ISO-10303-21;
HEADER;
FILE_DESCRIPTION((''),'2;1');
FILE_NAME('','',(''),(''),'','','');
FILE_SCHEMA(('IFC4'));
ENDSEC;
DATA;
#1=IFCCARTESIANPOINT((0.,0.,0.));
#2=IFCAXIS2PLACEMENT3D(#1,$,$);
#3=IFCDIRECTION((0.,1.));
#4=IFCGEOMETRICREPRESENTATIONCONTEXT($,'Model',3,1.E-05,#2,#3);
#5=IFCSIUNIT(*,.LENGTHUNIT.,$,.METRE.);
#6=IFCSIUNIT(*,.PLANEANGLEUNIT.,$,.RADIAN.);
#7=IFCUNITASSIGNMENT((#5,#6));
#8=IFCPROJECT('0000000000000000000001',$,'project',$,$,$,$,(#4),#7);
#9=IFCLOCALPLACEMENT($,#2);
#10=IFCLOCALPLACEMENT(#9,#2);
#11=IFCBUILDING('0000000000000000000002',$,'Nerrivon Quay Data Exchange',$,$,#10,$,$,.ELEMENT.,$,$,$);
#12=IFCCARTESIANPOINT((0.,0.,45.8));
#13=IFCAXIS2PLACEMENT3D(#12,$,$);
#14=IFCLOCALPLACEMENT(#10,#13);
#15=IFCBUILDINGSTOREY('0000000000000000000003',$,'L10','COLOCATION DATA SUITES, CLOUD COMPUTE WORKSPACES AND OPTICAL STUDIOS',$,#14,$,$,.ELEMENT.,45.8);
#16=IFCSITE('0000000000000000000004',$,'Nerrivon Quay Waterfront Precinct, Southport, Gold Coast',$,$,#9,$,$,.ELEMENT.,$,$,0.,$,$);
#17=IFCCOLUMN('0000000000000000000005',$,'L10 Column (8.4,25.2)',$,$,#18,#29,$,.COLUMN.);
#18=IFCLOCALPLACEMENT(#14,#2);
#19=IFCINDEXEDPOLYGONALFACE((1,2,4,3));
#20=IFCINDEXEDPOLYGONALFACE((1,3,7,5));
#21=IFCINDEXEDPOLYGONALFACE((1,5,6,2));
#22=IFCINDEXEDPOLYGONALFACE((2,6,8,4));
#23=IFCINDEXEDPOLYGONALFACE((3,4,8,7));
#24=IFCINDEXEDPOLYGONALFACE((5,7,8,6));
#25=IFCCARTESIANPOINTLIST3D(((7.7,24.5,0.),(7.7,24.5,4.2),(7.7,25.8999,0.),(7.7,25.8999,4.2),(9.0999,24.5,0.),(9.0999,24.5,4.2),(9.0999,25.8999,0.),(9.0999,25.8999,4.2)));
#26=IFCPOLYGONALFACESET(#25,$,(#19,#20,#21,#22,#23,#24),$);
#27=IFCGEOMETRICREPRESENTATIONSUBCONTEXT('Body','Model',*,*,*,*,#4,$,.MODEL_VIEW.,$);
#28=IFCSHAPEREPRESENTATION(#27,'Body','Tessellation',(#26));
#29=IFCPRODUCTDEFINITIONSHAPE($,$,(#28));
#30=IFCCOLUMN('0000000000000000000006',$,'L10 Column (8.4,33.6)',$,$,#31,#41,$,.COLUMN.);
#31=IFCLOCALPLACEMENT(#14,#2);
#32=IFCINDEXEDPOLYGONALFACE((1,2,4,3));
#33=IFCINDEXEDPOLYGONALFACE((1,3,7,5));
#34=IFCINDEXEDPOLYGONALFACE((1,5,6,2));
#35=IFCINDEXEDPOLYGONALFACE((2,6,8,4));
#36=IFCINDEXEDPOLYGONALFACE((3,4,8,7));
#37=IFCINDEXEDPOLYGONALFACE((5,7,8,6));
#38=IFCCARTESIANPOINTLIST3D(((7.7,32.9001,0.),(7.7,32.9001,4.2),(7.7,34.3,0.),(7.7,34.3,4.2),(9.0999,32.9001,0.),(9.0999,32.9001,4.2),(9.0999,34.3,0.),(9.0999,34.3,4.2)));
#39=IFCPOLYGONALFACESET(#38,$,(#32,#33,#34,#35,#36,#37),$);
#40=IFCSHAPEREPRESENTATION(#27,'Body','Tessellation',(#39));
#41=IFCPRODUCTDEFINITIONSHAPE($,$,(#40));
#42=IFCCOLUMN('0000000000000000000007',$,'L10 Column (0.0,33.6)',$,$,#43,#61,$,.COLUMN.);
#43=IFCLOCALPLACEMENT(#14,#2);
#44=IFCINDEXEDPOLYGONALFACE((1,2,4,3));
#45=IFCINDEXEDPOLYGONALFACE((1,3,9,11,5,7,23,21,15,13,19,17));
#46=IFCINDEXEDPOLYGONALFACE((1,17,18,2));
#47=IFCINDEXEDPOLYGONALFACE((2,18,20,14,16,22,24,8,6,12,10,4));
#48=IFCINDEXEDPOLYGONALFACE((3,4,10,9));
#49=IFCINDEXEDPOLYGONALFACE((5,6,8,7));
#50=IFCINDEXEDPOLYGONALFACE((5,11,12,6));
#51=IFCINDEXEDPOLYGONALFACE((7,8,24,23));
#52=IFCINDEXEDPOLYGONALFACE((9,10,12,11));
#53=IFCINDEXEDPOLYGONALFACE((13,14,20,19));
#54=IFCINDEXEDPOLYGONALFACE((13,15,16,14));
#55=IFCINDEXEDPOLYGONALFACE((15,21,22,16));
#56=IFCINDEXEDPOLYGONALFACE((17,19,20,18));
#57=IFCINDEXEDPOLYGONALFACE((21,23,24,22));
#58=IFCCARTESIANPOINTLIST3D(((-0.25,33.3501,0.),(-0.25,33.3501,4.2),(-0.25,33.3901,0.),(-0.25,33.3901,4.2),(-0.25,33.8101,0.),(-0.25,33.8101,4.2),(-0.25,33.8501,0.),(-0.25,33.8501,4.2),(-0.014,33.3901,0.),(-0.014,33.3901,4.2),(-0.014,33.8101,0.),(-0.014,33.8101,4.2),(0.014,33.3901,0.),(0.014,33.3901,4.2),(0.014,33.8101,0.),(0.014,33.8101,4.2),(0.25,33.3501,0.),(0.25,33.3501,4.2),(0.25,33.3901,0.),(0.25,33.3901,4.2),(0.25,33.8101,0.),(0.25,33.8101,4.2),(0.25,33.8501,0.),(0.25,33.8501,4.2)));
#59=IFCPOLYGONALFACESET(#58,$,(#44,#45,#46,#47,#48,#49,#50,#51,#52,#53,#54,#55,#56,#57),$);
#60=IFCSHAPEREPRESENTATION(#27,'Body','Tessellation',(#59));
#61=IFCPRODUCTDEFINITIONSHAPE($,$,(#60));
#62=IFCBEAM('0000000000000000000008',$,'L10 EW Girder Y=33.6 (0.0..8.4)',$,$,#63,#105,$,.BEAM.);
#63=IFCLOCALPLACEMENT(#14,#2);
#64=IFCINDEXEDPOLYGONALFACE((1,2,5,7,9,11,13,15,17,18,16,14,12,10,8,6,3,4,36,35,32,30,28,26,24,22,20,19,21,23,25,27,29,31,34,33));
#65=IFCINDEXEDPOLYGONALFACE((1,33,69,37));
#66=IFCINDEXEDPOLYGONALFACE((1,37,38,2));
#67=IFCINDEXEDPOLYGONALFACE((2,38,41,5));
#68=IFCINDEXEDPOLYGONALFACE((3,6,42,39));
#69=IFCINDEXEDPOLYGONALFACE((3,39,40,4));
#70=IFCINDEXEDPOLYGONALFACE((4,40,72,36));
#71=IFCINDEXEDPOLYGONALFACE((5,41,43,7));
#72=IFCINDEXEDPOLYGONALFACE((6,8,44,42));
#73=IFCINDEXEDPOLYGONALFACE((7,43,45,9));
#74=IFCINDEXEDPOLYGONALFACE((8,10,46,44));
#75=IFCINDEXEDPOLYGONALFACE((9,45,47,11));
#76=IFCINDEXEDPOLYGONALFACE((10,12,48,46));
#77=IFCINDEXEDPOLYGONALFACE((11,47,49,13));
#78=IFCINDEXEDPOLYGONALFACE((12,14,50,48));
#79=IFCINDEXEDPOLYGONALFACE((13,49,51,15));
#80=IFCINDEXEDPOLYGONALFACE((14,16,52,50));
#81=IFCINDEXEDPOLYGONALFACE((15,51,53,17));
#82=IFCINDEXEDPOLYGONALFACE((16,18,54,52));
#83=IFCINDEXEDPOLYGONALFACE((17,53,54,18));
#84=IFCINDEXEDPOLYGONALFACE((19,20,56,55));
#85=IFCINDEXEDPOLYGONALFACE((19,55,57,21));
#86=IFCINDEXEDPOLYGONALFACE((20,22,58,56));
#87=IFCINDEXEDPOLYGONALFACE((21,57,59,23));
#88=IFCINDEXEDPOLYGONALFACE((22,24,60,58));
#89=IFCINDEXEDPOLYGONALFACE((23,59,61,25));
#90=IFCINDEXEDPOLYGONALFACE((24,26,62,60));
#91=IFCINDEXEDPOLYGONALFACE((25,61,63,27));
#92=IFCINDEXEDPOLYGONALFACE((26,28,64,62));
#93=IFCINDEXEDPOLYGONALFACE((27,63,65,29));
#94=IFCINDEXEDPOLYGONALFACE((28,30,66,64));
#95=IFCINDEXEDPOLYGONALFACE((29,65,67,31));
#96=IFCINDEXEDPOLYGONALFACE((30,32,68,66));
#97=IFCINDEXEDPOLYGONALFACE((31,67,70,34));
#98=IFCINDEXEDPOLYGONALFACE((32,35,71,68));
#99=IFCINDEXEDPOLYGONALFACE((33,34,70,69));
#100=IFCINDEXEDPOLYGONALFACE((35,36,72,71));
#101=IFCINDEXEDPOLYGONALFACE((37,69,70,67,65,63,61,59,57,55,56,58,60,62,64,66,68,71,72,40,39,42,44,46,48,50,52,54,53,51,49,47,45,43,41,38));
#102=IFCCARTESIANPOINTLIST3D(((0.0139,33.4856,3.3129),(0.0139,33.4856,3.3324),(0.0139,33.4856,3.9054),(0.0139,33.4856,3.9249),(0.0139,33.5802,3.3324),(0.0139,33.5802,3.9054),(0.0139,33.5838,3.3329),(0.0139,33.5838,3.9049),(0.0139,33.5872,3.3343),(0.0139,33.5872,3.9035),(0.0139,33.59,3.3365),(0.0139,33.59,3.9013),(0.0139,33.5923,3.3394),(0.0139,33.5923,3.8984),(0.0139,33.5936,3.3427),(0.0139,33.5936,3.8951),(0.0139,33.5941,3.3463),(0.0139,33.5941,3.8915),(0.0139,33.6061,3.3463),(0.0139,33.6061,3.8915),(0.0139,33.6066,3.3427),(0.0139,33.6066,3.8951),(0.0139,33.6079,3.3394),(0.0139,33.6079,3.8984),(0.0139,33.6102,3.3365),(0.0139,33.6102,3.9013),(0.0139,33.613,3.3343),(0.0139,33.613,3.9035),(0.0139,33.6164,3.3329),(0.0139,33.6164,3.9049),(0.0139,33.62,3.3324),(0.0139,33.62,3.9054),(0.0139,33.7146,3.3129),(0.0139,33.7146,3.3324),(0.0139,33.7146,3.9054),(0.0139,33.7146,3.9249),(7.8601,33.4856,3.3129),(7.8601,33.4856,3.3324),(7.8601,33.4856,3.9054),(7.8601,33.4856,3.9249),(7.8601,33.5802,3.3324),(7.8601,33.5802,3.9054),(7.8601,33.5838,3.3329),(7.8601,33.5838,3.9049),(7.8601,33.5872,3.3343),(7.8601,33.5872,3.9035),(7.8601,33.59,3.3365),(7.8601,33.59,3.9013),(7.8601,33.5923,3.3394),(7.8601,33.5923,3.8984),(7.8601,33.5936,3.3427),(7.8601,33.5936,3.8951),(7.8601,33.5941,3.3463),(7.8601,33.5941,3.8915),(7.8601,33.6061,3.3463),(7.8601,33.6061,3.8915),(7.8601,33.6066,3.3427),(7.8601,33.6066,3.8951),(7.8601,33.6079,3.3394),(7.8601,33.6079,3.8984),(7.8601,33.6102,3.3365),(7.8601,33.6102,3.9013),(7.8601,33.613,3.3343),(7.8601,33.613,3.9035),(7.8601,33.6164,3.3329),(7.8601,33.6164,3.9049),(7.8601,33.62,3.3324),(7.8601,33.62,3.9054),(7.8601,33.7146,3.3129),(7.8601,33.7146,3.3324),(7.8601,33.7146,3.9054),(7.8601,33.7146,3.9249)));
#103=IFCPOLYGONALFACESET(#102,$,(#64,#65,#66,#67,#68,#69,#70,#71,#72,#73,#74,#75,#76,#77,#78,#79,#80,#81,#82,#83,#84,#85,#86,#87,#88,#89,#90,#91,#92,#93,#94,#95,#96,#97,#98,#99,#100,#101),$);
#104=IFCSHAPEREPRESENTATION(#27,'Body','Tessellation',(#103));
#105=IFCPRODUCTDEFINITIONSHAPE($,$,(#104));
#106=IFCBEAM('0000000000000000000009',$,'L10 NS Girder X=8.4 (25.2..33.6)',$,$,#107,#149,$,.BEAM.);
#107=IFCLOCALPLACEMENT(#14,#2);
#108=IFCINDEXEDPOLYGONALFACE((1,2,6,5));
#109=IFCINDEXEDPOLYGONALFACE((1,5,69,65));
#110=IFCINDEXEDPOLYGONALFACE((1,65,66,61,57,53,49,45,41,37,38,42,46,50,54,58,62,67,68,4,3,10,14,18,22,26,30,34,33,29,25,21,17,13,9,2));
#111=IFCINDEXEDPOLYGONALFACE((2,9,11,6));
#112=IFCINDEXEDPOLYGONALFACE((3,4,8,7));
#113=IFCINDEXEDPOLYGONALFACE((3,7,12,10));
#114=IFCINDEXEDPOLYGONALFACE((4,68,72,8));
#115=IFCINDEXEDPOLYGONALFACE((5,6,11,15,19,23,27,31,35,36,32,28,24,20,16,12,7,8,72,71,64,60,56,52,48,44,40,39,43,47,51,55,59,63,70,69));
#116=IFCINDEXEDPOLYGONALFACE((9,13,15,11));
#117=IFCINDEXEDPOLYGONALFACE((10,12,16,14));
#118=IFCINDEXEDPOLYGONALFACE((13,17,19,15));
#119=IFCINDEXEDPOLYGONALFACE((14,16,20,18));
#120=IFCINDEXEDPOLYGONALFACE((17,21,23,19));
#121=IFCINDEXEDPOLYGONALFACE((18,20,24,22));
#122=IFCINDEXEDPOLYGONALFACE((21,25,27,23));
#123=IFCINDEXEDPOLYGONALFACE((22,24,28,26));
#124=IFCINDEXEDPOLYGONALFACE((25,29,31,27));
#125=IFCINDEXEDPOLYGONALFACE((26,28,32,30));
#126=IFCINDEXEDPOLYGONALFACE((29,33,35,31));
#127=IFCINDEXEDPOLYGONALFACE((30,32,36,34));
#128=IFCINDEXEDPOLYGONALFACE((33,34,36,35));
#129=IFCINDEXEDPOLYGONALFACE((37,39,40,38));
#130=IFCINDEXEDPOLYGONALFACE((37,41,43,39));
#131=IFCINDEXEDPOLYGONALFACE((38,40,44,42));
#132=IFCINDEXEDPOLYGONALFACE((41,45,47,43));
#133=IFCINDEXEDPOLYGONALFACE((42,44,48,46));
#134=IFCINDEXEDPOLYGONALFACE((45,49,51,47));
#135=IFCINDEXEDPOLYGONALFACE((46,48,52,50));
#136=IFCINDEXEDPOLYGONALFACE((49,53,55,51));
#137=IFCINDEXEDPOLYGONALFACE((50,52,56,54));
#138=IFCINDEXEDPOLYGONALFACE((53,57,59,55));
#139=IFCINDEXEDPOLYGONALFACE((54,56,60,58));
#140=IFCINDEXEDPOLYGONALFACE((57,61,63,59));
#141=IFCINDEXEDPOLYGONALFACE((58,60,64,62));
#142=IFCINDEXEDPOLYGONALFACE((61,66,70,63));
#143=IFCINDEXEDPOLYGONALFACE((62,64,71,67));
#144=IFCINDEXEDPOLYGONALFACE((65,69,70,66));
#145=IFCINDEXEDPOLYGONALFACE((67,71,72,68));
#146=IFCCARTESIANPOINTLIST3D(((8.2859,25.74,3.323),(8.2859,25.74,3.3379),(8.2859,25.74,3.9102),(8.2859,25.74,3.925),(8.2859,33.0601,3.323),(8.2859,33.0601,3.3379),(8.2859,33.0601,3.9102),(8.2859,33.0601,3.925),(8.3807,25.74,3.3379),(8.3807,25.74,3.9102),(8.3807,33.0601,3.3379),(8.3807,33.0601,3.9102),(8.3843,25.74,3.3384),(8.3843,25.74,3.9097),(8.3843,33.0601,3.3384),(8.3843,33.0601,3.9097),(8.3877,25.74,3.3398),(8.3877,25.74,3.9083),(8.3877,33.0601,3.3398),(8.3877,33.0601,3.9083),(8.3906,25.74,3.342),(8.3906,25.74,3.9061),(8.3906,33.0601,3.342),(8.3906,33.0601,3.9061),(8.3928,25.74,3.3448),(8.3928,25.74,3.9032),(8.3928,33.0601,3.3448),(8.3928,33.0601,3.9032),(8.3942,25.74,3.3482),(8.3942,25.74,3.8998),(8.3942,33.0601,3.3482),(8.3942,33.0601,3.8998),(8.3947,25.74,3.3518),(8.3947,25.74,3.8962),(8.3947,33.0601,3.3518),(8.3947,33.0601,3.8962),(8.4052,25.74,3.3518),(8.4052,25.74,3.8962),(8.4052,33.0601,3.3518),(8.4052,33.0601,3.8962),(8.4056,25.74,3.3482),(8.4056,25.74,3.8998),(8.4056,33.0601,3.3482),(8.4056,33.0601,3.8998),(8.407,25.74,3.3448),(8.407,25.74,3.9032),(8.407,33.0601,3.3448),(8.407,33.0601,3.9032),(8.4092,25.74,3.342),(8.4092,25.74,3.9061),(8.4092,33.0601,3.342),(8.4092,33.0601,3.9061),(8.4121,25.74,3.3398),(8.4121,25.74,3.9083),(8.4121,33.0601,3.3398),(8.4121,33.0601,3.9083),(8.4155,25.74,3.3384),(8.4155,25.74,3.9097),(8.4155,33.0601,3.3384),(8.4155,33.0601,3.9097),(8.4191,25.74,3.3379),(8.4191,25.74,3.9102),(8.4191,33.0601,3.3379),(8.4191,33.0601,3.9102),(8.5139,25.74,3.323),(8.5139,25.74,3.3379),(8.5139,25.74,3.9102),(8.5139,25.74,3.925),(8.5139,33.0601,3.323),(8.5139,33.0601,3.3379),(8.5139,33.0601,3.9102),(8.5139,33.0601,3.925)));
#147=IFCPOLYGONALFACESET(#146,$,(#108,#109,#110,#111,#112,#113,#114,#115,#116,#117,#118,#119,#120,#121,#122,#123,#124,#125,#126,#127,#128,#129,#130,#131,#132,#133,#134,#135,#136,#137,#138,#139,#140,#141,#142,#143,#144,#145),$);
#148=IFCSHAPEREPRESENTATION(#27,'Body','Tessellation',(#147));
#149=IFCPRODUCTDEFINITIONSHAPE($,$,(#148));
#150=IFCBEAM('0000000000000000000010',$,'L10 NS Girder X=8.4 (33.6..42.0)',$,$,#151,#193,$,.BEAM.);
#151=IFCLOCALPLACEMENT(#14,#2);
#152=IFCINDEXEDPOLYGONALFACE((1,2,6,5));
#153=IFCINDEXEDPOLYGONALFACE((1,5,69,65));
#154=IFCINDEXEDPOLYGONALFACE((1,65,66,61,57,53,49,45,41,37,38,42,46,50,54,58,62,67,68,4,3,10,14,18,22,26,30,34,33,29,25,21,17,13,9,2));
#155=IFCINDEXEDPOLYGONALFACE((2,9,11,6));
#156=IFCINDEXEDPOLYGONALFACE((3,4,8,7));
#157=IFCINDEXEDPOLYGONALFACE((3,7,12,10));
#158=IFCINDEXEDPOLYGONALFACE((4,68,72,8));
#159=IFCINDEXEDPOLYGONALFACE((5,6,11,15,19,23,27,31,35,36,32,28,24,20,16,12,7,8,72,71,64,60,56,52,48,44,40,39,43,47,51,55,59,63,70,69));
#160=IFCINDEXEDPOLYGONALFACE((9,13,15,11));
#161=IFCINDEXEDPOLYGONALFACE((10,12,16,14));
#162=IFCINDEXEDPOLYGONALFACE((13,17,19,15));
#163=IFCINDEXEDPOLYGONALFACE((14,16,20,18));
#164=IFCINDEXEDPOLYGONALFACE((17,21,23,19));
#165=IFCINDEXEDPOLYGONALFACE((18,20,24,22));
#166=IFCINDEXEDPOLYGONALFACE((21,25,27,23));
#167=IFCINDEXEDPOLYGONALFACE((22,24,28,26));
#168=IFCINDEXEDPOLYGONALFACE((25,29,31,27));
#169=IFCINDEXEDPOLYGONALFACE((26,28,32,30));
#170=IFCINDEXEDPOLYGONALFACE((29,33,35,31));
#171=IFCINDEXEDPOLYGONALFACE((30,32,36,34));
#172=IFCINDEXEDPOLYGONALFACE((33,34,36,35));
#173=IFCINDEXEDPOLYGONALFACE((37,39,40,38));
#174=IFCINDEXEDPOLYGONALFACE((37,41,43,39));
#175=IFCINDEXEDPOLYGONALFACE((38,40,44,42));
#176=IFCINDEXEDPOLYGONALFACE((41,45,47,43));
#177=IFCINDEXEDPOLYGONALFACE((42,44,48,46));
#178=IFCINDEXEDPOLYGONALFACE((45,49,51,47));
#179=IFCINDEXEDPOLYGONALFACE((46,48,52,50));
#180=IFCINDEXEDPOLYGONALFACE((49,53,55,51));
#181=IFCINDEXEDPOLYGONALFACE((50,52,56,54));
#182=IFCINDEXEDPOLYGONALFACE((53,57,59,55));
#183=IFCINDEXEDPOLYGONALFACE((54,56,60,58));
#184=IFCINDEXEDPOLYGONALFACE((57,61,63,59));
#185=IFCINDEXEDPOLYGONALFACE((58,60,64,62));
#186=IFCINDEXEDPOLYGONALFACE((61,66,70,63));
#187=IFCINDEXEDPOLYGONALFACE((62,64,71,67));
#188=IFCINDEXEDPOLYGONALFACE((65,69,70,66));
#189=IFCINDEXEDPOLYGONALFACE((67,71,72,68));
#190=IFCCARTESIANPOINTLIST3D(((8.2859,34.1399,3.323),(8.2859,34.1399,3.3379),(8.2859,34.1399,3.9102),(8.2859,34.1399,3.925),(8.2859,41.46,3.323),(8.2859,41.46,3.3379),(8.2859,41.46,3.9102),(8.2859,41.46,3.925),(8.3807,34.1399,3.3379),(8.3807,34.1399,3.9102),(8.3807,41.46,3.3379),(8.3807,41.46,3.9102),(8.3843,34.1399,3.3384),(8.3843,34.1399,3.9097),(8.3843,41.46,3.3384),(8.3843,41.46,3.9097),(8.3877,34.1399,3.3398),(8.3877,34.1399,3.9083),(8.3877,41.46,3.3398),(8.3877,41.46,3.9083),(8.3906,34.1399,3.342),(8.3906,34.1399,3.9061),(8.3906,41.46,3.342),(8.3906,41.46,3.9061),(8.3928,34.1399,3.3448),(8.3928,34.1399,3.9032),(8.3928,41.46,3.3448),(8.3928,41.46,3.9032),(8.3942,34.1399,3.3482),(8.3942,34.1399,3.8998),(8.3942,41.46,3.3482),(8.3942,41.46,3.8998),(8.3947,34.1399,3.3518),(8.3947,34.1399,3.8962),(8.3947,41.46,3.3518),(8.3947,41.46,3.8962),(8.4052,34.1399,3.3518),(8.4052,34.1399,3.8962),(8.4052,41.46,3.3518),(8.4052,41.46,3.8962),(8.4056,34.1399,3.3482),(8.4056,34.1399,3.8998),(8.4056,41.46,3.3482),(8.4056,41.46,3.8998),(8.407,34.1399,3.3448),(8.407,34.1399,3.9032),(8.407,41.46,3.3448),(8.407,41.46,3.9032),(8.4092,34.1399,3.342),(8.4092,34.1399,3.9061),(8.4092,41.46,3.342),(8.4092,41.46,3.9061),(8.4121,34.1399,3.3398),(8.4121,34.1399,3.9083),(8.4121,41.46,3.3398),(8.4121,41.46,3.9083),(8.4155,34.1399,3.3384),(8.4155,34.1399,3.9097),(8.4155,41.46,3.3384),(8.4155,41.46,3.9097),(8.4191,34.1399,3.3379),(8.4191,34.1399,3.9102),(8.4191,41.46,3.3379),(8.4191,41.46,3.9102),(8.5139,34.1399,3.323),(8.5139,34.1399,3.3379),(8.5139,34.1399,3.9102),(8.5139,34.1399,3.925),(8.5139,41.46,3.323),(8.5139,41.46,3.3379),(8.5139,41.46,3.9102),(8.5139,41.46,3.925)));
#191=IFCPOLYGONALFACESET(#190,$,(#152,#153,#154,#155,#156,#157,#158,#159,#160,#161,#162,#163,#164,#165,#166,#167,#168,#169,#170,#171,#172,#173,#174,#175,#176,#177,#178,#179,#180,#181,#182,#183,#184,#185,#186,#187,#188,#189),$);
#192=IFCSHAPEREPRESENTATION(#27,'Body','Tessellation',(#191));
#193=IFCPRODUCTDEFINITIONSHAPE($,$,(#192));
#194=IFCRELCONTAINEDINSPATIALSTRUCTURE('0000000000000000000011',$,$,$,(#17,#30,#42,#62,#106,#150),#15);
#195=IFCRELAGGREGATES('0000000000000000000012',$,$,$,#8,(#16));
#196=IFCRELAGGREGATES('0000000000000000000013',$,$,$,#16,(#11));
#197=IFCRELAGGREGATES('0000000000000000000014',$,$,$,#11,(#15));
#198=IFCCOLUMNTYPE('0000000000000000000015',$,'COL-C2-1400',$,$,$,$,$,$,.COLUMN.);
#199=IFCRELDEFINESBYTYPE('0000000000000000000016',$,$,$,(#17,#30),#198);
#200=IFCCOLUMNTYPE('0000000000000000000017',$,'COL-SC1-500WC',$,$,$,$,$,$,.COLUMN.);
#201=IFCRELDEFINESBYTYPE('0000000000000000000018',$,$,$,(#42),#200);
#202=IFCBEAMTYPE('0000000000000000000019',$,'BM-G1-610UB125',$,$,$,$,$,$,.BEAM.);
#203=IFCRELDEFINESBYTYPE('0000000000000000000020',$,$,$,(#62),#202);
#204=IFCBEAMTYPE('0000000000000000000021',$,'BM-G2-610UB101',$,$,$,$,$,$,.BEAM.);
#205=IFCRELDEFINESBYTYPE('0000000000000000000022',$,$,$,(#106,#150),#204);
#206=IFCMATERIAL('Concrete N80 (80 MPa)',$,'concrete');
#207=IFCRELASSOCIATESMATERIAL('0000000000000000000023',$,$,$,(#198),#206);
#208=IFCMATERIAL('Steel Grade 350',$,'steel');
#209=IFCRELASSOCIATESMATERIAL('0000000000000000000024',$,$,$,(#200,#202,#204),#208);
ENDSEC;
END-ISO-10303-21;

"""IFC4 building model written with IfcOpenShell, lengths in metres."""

from ifc_helpers import new_model, si_unit, direction, frame, origin, origin_2d, place, context, subcontext, project, spatial, rectangle, i_section, extrude, material, material_profile, profile_set, type_object, element, save


model = new_model("IFC4")

# Units and contexts
model_context = context("Model", 3, precision=1e-05, world=origin(), true_north=direction((0.0, 1.0)))
body_context = subcontext(model_context, "Body", "Model", "MODEL_VIEW")
ifc_project = project(units=[si_unit("LENGTHUNIT", "METRE"), si_unit("PLANEANGLEUNIT", "RADIAN")], contexts=[model_context])

# Site, building, storey
site_placement = place(None, origin())
site = spatial("IfcSite", under=ifc_project, at=site_placement, Name="Nerrivon Quay Waterfront Precinct, Southport, Gold Coast", CompositionType="ELEMENT", RefElevation=0.0)
building_placement = place(site_placement, origin())
building = spatial("IfcBuilding", under=site, at=building_placement, Name="Nerrivon Quay Data Exchange", CompositionType="ELEMENT")
storey_placement = place(building_placement, frame((0.0, 0.0, 45.8)))
storey = spatial("IfcBuildingStorey", under=building, at=storey_placement, Name="L10", Description="COLOCATION DATA SUITES, CLOUD COMPUTE WORKSPACES AND OPTICAL STUDIOS", CompositionType="ELEMENT", Elevation=45.8)

# Columns
ifc_material_1 = material(Name="Concrete N80 (80 MPa)", Category="concrete")
ifc_material_profile_1 = material_profile(ifc_material_1, rectangle(XDim=1.3999, YDim=1.3999, at=origin_2d()), Name="RC-COL-1400x1400")
ifc_profile_set_1 = profile_set([ifc_material_profile_1], Name="Concrete N80 (80 MPa)")
column_type_1 = type_object("IfcColumnType", Name="COL-C2-1400", PredefinedType="COLUMN", material=ifc_profile_set_1)
for number, where, z_axis, x_axis, name in (
    (1, (8.3999, 25.2, 0.0), (0.0, 0.0, 1.0), (1.0, 0.0, 0.0), "L10 Column (8.4,25.2)"),
    (2, (8.3999, 33.6001, 0.0), (0.0, 0.0, 1.0), (1.0, 0.0, 0.0), "L10 Column (8.4,33.6)"),
):
    element("IfcColumn", number, at=place(storey_placement, frame(where, z_axis=z_axis, x_axis=x_axis)), inside=storey, type_object=column_type_1, Name=name, PredefinedType="COLUMN", context=body_context, shape_type="SweptSolid", body=[
        extrude(rectangle(XDim=1.3999, YDim=1.3999, at=origin_2d()), origin(), (0.0, 0.0, 1.0), 4.2),
    ])
ifc_material_2 = material(Name="Steel Grade 350", Category="steel")
ifc_material_profile_2 = material_profile(ifc_material_2, i_section(OverallWidth=0.5, OverallDepth=0.5, WebThickness=0.0281, FlangeThickness=0.04, at=origin_2d()), Name="500WC440")
ifc_profile_set_2 = profile_set([ifc_material_profile_2], Name="Steel Grade 350")
column_type_2 = type_object("IfcColumnType", Name="COL-SC1-500WC", PredefinedType="COLUMN", material=ifc_profile_set_2)
column_placement = place(storey_placement, frame((0.0, 33.6001, 0.0), z_axis=(0.0, 0.0, 1.0), x_axis=(1.0, 0.0, 0.0)))
element("IfcColumn", 3, at=column_placement, inside=storey, type_object=column_type_2, Name="L10 Column (0.0,33.6)", PredefinedType="COLUMN", context=body_context, shape_type="SweptSolid", body=[
    extrude(i_section(OverallWidth=0.5, OverallDepth=0.5, WebThickness=0.0281, FlangeThickness=0.04, at=origin_2d()), origin(), (0.0, 0.0, 1.0), 4.2),
])

# Beams
ifc_material_profile_3 = material_profile(ifc_material_2, i_section(OverallWidth=0.229, OverallDepth=0.6121, WebThickness=0.012, FlangeThickness=0.0195, FilletRadius=0.0139, at=origin_2d()), Name="610UB125")
ifc_profile_set_3 = profile_set([ifc_material_profile_3], Name="Steel Grade 350")
beam_type_1 = type_object("IfcBeamType", Name="BM-G1-610UB125", PredefinedType="BEAM", material=ifc_profile_set_3)
beam_1_placement = place(storey_placement, frame((0.0139, 33.6001, 3.6189), z_axis=(1.0, 0.0, 0.0), x_axis=(0.0, 1.0, 0.0)))
element("IfcBeam", 4, at=beam_1_placement, inside=storey, type_object=beam_type_1, Name="L10 EW Girder Y=33.6 (0.0..8.4)", PredefinedType="BEAM", context=body_context, shape_type="SweptSolid", body=[
    extrude(i_section(OverallWidth=0.229, OverallDepth=0.6121, WebThickness=0.012, FlangeThickness=0.0195, FilletRadius=0.0139, at=origin_2d()), origin(), (0.0, 0.0, 1.0), 7.8462),
])
ifc_material_profile_4 = material_profile(ifc_material_2, i_section(OverallWidth=0.228, OverallDepth=0.6021, WebThickness=0.0105, FlangeThickness=0.0149, FilletRadius=0.0139, at=origin_2d()), Name="610UB101")
ifc_profile_set_4 = profile_set([ifc_material_profile_4], Name="Steel Grade 350")
beam_type_2 = type_object("IfcBeamType", Name="BM-G2-610UB101", PredefinedType="BEAM", material=ifc_profile_set_4)
for number, where, z_axis, x_axis, name in (
    (5, (8.3999, 25.74, 3.624), (0.0, 1.0, 0.0), (-1.0, 0.0, 0.0), "L10 NS Girder X=8.4 (25.2..33.6)"),
    (6, (8.3999, 34.1399, 3.624), (0.0, 1.0, 0.0), (-1.0, 0.0, 0.0), "L10 NS Girder X=8.4 (33.6..42.0)"),
):
    element("IfcBeam", number, at=place(storey_placement, frame(where, z_axis=z_axis, x_axis=x_axis)), inside=storey, type_object=beam_type_2, Name=name, PredefinedType="BEAM", context=body_context, shape_type="SweptSolid", body=[
        extrude(i_section(OverallWidth=0.228, OverallDepth=0.6021, WebThickness=0.0105, FlangeThickness=0.0149, FilletRadius=0.0139, at=origin_2d()), origin(), (0.0, 0.0, 1.0), 7.3201),
    ])

save(model, "model.ifc")
